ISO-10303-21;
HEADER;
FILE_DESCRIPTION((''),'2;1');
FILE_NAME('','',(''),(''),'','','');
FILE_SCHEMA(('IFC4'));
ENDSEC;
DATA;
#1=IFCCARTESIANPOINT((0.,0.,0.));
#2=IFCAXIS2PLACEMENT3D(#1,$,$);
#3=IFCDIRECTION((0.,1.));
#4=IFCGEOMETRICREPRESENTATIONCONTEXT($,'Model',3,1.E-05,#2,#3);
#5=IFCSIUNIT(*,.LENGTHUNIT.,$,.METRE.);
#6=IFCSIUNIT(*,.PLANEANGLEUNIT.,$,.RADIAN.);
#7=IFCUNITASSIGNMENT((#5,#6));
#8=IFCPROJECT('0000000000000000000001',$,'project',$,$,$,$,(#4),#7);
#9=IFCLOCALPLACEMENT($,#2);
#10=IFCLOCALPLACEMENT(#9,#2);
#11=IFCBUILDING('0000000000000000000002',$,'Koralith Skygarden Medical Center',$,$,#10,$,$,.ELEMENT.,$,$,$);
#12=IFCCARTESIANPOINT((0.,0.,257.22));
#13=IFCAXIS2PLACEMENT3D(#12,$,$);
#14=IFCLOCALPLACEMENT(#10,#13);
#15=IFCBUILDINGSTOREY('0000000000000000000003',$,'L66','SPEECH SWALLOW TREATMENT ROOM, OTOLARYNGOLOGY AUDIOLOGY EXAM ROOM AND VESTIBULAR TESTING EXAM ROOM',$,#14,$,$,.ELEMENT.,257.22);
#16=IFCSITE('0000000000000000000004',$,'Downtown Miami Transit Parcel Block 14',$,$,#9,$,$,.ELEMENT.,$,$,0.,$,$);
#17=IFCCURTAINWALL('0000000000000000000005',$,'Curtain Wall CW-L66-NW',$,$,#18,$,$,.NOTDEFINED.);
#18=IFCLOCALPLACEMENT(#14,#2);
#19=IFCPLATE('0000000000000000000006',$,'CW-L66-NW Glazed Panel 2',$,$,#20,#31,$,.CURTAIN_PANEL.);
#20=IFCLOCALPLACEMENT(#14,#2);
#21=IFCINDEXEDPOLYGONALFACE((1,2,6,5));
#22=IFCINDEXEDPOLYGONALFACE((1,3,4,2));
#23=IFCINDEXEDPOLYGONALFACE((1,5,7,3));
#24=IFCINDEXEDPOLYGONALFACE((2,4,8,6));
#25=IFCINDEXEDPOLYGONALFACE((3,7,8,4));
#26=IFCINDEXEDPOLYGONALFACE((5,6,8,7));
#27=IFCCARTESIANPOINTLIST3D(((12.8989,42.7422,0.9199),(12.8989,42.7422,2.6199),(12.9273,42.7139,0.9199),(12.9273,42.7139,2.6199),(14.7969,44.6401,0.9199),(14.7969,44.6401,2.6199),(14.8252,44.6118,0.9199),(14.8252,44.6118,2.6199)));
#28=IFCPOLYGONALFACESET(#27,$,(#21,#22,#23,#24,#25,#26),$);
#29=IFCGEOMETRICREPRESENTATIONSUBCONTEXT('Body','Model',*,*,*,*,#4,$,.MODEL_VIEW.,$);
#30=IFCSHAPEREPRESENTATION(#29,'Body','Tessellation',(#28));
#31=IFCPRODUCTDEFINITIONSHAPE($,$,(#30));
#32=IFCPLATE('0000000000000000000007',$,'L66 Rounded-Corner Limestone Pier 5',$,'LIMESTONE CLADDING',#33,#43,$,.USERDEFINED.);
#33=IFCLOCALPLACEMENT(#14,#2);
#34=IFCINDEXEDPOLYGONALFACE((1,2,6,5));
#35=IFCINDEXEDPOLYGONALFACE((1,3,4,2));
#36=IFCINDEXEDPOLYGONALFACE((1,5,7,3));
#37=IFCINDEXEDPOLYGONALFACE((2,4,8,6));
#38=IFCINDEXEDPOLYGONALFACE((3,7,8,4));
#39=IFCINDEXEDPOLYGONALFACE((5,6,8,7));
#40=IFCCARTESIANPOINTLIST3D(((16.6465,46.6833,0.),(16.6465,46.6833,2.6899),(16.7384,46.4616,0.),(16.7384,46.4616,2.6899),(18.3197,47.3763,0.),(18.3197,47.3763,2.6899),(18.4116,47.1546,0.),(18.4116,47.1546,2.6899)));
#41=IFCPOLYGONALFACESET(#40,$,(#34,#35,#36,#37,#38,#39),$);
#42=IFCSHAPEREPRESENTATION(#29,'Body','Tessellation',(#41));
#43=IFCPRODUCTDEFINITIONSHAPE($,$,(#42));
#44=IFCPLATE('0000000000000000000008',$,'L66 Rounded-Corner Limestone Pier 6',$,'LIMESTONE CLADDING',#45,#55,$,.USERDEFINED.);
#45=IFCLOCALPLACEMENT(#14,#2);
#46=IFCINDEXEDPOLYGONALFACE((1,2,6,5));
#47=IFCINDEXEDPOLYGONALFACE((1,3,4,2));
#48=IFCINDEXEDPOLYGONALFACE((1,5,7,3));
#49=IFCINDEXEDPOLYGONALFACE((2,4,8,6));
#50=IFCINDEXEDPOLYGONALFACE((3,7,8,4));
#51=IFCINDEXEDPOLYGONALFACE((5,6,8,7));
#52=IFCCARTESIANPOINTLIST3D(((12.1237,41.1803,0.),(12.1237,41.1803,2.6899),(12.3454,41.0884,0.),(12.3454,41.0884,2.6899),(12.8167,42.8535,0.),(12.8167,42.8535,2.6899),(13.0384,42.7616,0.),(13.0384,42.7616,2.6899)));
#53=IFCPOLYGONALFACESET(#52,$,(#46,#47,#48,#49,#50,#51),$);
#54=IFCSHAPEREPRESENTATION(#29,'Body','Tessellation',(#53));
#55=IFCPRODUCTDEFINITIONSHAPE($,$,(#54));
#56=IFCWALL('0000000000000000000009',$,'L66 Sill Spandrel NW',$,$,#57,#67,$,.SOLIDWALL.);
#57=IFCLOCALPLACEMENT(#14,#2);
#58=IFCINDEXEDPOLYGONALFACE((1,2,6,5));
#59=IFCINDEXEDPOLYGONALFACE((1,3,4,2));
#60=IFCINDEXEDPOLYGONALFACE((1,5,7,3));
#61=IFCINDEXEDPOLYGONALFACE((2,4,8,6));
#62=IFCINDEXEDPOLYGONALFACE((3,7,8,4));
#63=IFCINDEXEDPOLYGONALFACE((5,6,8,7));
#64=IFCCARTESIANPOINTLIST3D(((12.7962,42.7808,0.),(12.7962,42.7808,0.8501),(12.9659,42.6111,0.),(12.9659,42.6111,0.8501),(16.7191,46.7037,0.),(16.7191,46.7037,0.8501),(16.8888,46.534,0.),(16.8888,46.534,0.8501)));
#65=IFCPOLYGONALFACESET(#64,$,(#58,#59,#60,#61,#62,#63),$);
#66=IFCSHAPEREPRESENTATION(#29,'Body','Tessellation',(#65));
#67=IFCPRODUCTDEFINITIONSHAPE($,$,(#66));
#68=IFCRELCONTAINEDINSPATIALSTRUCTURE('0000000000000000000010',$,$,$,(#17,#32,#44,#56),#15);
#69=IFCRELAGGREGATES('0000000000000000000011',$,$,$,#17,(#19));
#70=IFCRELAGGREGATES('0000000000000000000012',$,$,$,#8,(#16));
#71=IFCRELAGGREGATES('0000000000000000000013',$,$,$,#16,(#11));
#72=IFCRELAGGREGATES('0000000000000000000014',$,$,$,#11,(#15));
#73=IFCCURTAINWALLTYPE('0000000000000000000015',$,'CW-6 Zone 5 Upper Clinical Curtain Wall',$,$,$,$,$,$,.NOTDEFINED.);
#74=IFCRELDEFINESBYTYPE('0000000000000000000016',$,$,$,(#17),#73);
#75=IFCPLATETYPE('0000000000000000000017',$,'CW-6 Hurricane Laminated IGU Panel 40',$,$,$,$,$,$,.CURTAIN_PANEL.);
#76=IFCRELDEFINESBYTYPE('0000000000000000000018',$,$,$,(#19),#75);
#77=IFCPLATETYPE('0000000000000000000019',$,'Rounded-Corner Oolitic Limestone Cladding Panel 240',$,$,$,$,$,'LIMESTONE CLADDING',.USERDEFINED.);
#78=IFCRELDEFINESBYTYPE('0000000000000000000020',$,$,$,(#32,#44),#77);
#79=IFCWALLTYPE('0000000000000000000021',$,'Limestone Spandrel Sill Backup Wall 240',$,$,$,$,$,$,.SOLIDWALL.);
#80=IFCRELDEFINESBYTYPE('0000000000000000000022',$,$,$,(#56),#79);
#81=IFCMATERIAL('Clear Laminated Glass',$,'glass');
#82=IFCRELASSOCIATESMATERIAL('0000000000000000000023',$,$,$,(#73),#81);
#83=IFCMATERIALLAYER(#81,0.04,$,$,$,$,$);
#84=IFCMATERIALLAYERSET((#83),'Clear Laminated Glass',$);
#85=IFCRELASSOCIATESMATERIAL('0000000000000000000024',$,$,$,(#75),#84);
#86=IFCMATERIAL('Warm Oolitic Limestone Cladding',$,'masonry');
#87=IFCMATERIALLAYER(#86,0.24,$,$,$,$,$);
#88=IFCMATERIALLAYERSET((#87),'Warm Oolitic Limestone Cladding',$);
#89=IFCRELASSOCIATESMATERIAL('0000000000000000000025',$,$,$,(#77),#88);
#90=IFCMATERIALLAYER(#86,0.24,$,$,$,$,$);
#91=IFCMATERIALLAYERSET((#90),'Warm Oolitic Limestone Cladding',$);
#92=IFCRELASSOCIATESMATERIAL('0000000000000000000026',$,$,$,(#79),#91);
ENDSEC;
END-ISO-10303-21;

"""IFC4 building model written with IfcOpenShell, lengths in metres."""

from ifc_helpers import new_model, si_unit, direction, frame, frame_2d, origin, origin_2d, place, context, subcontext, project, spatial, rectangle, extrude, material, layer, layer_set, type_object, element, aggregate, save


model = new_model("IFC4")

# Units and contexts
model_context = context("Model", 3, precision=1e-05, world=origin(), true_north=direction((0.0, 1.0)))
body_context = subcontext(model_context, "Body", "Model", "MODEL_VIEW")
ifc_project = project(units=[si_unit("LENGTHUNIT", "METRE"), si_unit("PLANEANGLEUNIT", "RADIAN")], contexts=[model_context])

# Site, building, storey
site_placement = place(None, origin())
site = spatial("IfcSite", under=ifc_project, at=site_placement, Name="Downtown Miami Transit Parcel Block 14", CompositionType="ELEMENT", RefElevation=0.0)
building_placement = place(site_placement, origin())
building = spatial("IfcBuilding", under=site, at=building_placement, Name="Koralith Skygarden Medical Center", CompositionType="ELEMENT")
storey_placement = place(building_placement, frame((0.0, 0.0, 257.22)))
storey = spatial("IfcBuildingStorey", under=building, at=storey_placement, Name="L66", Description="SPEECH SWALLOW TREATMENT ROOM, OTOLARYNGOLOGY AUDIOLOGY EXAM ROOM AND VESTIBULAR TESTING EXAM ROOM", CompositionType="ELEMENT", Elevation=257.22)

# Shared definitions
ifc_material_1 = material(Name="Clear Laminated Glass", Category="glass")
curtain_wall_type = type_object("IfcCurtainWallType", Name="CW-6 Zone 5 Upper Clinical Curtain Wall", PredefinedType="NOTDEFINED", material=ifc_material_1)

# Curtain wall
curtain_wall_1_placement = place(storey_placement, origin())
curtain_wall_1 = element("IfcCurtainWall", 1, at=curtain_wall_1_placement, inside=storey, type_object=curtain_wall_type, Name="Curtain Wall CW-L66-NW", PredefinedType="NOTDEFINED")

# Plate
ifc_layer_1 = layer(ifc_material_1, 0.04)
ifc_layer_set_1 = layer_set([ifc_layer_1], Name="Clear Laminated Glass")
plate_type_1 = type_object("IfcPlateType", Name="CW-6 Hurricane Laminated IGU Panel 40", PredefinedType="CURTAIN_PANEL", material=ifc_layer_set_1)
plate_1_placement = place(storey_placement, frame((13.8621, 43.677, 0.9199), z_axis=(0.0, 0.0, 1.0), x_axis=(-0.707107, -0.707107, 0.0)))
plate_1 = element("IfcPlate", 2, at=plate_1_placement, type_object=plate_type_1, Name="CW-L66-NW Glazed Panel 2", PredefinedType="CURTAIN_PANEL", context=body_context, shape_type="SweptSolid", body=[
    extrude(rectangle(XDim=2.6841, YDim=0.04, at=origin_2d()), origin(), (0.0, 0.0, 1.0), 1.7),
])
aggregate(curtain_wall_1, [plate_1])

# Plates
ifc_material_2 = material(Name="Warm Oolitic Limestone Cladding", Category="masonry")
ifc_layer_2 = layer(ifc_material_2, 0.24)
ifc_layer_set_2 = layer_set([ifc_layer_2], Name="Warm Oolitic Limestone Cladding")
plate_type_2 = type_object("IfcPlateType", Name="Rounded-Corner Oolitic Limestone Cladding Panel 240", ElementType="LIMESTONE CLADDING", PredefinedType="USERDEFINED", material=ifc_layer_set_2)
for number, where, z_axis, x_axis, name in (
    (3, (17.5291, 46.9189, 0.0), (0.0, 0.0, 1.0), (-0.923885, -0.382671, 0.0), "L66 Rounded-Corner Limestone Pier 5"),
    (4, (12.5811, 41.9709, 0.0), (0.0, 0.0, 1.0), (-0.382671, -0.923885, 0.0), "L66 Rounded-Corner Limestone Pier 6"),
):
    element("IfcPlate", number, at=place(storey_placement, frame(where, z_axis=z_axis, x_axis=x_axis)), inside=storey, type_object=plate_type_2, Name=name, ObjectType="LIMESTONE CLADDING", PredefinedType="USERDEFINED", context=body_context, shape_type="SweptSolid", body=[
        extrude(rectangle(XDim=1.811, YDim=0.24, at=origin_2d()), origin(), (0.0, 0.0, 1.0), 2.6899),
    ])

# Wall
ifc_layer_3 = layer(ifc_material_2, 0.24)
ifc_layer_set_3 = layer_set([ifc_layer_3], Name="Warm Oolitic Limestone Cladding")
wall_type = type_object("IfcWallType", Name="Limestone Spandrel Sill Backup Wall 240", PredefinedType="SOLIDWALL", material=ifc_layer_set_3)
wall_placement = place(storey_placement, frame((16.804, 46.6189, 0.0), z_axis=(0.0, 0.0, 1.0), x_axis=(-0.707107, -0.707107, 0.0)))
element("IfcWall", 5, at=wall_placement, inside=storey, type_object=wall_type, Name="L66 Sill Spandrel NW", PredefinedType="SOLIDWALL", context=body_context, shape_type="SweptSolid", body=[
    extrude(rectangle(XDim=5.5479, YDim=0.24, at=frame_2d((2.7739, 0.0))), origin(), (0.0, 0.0, 1.0), 0.8501),
])

save(model, "model.ifc")
